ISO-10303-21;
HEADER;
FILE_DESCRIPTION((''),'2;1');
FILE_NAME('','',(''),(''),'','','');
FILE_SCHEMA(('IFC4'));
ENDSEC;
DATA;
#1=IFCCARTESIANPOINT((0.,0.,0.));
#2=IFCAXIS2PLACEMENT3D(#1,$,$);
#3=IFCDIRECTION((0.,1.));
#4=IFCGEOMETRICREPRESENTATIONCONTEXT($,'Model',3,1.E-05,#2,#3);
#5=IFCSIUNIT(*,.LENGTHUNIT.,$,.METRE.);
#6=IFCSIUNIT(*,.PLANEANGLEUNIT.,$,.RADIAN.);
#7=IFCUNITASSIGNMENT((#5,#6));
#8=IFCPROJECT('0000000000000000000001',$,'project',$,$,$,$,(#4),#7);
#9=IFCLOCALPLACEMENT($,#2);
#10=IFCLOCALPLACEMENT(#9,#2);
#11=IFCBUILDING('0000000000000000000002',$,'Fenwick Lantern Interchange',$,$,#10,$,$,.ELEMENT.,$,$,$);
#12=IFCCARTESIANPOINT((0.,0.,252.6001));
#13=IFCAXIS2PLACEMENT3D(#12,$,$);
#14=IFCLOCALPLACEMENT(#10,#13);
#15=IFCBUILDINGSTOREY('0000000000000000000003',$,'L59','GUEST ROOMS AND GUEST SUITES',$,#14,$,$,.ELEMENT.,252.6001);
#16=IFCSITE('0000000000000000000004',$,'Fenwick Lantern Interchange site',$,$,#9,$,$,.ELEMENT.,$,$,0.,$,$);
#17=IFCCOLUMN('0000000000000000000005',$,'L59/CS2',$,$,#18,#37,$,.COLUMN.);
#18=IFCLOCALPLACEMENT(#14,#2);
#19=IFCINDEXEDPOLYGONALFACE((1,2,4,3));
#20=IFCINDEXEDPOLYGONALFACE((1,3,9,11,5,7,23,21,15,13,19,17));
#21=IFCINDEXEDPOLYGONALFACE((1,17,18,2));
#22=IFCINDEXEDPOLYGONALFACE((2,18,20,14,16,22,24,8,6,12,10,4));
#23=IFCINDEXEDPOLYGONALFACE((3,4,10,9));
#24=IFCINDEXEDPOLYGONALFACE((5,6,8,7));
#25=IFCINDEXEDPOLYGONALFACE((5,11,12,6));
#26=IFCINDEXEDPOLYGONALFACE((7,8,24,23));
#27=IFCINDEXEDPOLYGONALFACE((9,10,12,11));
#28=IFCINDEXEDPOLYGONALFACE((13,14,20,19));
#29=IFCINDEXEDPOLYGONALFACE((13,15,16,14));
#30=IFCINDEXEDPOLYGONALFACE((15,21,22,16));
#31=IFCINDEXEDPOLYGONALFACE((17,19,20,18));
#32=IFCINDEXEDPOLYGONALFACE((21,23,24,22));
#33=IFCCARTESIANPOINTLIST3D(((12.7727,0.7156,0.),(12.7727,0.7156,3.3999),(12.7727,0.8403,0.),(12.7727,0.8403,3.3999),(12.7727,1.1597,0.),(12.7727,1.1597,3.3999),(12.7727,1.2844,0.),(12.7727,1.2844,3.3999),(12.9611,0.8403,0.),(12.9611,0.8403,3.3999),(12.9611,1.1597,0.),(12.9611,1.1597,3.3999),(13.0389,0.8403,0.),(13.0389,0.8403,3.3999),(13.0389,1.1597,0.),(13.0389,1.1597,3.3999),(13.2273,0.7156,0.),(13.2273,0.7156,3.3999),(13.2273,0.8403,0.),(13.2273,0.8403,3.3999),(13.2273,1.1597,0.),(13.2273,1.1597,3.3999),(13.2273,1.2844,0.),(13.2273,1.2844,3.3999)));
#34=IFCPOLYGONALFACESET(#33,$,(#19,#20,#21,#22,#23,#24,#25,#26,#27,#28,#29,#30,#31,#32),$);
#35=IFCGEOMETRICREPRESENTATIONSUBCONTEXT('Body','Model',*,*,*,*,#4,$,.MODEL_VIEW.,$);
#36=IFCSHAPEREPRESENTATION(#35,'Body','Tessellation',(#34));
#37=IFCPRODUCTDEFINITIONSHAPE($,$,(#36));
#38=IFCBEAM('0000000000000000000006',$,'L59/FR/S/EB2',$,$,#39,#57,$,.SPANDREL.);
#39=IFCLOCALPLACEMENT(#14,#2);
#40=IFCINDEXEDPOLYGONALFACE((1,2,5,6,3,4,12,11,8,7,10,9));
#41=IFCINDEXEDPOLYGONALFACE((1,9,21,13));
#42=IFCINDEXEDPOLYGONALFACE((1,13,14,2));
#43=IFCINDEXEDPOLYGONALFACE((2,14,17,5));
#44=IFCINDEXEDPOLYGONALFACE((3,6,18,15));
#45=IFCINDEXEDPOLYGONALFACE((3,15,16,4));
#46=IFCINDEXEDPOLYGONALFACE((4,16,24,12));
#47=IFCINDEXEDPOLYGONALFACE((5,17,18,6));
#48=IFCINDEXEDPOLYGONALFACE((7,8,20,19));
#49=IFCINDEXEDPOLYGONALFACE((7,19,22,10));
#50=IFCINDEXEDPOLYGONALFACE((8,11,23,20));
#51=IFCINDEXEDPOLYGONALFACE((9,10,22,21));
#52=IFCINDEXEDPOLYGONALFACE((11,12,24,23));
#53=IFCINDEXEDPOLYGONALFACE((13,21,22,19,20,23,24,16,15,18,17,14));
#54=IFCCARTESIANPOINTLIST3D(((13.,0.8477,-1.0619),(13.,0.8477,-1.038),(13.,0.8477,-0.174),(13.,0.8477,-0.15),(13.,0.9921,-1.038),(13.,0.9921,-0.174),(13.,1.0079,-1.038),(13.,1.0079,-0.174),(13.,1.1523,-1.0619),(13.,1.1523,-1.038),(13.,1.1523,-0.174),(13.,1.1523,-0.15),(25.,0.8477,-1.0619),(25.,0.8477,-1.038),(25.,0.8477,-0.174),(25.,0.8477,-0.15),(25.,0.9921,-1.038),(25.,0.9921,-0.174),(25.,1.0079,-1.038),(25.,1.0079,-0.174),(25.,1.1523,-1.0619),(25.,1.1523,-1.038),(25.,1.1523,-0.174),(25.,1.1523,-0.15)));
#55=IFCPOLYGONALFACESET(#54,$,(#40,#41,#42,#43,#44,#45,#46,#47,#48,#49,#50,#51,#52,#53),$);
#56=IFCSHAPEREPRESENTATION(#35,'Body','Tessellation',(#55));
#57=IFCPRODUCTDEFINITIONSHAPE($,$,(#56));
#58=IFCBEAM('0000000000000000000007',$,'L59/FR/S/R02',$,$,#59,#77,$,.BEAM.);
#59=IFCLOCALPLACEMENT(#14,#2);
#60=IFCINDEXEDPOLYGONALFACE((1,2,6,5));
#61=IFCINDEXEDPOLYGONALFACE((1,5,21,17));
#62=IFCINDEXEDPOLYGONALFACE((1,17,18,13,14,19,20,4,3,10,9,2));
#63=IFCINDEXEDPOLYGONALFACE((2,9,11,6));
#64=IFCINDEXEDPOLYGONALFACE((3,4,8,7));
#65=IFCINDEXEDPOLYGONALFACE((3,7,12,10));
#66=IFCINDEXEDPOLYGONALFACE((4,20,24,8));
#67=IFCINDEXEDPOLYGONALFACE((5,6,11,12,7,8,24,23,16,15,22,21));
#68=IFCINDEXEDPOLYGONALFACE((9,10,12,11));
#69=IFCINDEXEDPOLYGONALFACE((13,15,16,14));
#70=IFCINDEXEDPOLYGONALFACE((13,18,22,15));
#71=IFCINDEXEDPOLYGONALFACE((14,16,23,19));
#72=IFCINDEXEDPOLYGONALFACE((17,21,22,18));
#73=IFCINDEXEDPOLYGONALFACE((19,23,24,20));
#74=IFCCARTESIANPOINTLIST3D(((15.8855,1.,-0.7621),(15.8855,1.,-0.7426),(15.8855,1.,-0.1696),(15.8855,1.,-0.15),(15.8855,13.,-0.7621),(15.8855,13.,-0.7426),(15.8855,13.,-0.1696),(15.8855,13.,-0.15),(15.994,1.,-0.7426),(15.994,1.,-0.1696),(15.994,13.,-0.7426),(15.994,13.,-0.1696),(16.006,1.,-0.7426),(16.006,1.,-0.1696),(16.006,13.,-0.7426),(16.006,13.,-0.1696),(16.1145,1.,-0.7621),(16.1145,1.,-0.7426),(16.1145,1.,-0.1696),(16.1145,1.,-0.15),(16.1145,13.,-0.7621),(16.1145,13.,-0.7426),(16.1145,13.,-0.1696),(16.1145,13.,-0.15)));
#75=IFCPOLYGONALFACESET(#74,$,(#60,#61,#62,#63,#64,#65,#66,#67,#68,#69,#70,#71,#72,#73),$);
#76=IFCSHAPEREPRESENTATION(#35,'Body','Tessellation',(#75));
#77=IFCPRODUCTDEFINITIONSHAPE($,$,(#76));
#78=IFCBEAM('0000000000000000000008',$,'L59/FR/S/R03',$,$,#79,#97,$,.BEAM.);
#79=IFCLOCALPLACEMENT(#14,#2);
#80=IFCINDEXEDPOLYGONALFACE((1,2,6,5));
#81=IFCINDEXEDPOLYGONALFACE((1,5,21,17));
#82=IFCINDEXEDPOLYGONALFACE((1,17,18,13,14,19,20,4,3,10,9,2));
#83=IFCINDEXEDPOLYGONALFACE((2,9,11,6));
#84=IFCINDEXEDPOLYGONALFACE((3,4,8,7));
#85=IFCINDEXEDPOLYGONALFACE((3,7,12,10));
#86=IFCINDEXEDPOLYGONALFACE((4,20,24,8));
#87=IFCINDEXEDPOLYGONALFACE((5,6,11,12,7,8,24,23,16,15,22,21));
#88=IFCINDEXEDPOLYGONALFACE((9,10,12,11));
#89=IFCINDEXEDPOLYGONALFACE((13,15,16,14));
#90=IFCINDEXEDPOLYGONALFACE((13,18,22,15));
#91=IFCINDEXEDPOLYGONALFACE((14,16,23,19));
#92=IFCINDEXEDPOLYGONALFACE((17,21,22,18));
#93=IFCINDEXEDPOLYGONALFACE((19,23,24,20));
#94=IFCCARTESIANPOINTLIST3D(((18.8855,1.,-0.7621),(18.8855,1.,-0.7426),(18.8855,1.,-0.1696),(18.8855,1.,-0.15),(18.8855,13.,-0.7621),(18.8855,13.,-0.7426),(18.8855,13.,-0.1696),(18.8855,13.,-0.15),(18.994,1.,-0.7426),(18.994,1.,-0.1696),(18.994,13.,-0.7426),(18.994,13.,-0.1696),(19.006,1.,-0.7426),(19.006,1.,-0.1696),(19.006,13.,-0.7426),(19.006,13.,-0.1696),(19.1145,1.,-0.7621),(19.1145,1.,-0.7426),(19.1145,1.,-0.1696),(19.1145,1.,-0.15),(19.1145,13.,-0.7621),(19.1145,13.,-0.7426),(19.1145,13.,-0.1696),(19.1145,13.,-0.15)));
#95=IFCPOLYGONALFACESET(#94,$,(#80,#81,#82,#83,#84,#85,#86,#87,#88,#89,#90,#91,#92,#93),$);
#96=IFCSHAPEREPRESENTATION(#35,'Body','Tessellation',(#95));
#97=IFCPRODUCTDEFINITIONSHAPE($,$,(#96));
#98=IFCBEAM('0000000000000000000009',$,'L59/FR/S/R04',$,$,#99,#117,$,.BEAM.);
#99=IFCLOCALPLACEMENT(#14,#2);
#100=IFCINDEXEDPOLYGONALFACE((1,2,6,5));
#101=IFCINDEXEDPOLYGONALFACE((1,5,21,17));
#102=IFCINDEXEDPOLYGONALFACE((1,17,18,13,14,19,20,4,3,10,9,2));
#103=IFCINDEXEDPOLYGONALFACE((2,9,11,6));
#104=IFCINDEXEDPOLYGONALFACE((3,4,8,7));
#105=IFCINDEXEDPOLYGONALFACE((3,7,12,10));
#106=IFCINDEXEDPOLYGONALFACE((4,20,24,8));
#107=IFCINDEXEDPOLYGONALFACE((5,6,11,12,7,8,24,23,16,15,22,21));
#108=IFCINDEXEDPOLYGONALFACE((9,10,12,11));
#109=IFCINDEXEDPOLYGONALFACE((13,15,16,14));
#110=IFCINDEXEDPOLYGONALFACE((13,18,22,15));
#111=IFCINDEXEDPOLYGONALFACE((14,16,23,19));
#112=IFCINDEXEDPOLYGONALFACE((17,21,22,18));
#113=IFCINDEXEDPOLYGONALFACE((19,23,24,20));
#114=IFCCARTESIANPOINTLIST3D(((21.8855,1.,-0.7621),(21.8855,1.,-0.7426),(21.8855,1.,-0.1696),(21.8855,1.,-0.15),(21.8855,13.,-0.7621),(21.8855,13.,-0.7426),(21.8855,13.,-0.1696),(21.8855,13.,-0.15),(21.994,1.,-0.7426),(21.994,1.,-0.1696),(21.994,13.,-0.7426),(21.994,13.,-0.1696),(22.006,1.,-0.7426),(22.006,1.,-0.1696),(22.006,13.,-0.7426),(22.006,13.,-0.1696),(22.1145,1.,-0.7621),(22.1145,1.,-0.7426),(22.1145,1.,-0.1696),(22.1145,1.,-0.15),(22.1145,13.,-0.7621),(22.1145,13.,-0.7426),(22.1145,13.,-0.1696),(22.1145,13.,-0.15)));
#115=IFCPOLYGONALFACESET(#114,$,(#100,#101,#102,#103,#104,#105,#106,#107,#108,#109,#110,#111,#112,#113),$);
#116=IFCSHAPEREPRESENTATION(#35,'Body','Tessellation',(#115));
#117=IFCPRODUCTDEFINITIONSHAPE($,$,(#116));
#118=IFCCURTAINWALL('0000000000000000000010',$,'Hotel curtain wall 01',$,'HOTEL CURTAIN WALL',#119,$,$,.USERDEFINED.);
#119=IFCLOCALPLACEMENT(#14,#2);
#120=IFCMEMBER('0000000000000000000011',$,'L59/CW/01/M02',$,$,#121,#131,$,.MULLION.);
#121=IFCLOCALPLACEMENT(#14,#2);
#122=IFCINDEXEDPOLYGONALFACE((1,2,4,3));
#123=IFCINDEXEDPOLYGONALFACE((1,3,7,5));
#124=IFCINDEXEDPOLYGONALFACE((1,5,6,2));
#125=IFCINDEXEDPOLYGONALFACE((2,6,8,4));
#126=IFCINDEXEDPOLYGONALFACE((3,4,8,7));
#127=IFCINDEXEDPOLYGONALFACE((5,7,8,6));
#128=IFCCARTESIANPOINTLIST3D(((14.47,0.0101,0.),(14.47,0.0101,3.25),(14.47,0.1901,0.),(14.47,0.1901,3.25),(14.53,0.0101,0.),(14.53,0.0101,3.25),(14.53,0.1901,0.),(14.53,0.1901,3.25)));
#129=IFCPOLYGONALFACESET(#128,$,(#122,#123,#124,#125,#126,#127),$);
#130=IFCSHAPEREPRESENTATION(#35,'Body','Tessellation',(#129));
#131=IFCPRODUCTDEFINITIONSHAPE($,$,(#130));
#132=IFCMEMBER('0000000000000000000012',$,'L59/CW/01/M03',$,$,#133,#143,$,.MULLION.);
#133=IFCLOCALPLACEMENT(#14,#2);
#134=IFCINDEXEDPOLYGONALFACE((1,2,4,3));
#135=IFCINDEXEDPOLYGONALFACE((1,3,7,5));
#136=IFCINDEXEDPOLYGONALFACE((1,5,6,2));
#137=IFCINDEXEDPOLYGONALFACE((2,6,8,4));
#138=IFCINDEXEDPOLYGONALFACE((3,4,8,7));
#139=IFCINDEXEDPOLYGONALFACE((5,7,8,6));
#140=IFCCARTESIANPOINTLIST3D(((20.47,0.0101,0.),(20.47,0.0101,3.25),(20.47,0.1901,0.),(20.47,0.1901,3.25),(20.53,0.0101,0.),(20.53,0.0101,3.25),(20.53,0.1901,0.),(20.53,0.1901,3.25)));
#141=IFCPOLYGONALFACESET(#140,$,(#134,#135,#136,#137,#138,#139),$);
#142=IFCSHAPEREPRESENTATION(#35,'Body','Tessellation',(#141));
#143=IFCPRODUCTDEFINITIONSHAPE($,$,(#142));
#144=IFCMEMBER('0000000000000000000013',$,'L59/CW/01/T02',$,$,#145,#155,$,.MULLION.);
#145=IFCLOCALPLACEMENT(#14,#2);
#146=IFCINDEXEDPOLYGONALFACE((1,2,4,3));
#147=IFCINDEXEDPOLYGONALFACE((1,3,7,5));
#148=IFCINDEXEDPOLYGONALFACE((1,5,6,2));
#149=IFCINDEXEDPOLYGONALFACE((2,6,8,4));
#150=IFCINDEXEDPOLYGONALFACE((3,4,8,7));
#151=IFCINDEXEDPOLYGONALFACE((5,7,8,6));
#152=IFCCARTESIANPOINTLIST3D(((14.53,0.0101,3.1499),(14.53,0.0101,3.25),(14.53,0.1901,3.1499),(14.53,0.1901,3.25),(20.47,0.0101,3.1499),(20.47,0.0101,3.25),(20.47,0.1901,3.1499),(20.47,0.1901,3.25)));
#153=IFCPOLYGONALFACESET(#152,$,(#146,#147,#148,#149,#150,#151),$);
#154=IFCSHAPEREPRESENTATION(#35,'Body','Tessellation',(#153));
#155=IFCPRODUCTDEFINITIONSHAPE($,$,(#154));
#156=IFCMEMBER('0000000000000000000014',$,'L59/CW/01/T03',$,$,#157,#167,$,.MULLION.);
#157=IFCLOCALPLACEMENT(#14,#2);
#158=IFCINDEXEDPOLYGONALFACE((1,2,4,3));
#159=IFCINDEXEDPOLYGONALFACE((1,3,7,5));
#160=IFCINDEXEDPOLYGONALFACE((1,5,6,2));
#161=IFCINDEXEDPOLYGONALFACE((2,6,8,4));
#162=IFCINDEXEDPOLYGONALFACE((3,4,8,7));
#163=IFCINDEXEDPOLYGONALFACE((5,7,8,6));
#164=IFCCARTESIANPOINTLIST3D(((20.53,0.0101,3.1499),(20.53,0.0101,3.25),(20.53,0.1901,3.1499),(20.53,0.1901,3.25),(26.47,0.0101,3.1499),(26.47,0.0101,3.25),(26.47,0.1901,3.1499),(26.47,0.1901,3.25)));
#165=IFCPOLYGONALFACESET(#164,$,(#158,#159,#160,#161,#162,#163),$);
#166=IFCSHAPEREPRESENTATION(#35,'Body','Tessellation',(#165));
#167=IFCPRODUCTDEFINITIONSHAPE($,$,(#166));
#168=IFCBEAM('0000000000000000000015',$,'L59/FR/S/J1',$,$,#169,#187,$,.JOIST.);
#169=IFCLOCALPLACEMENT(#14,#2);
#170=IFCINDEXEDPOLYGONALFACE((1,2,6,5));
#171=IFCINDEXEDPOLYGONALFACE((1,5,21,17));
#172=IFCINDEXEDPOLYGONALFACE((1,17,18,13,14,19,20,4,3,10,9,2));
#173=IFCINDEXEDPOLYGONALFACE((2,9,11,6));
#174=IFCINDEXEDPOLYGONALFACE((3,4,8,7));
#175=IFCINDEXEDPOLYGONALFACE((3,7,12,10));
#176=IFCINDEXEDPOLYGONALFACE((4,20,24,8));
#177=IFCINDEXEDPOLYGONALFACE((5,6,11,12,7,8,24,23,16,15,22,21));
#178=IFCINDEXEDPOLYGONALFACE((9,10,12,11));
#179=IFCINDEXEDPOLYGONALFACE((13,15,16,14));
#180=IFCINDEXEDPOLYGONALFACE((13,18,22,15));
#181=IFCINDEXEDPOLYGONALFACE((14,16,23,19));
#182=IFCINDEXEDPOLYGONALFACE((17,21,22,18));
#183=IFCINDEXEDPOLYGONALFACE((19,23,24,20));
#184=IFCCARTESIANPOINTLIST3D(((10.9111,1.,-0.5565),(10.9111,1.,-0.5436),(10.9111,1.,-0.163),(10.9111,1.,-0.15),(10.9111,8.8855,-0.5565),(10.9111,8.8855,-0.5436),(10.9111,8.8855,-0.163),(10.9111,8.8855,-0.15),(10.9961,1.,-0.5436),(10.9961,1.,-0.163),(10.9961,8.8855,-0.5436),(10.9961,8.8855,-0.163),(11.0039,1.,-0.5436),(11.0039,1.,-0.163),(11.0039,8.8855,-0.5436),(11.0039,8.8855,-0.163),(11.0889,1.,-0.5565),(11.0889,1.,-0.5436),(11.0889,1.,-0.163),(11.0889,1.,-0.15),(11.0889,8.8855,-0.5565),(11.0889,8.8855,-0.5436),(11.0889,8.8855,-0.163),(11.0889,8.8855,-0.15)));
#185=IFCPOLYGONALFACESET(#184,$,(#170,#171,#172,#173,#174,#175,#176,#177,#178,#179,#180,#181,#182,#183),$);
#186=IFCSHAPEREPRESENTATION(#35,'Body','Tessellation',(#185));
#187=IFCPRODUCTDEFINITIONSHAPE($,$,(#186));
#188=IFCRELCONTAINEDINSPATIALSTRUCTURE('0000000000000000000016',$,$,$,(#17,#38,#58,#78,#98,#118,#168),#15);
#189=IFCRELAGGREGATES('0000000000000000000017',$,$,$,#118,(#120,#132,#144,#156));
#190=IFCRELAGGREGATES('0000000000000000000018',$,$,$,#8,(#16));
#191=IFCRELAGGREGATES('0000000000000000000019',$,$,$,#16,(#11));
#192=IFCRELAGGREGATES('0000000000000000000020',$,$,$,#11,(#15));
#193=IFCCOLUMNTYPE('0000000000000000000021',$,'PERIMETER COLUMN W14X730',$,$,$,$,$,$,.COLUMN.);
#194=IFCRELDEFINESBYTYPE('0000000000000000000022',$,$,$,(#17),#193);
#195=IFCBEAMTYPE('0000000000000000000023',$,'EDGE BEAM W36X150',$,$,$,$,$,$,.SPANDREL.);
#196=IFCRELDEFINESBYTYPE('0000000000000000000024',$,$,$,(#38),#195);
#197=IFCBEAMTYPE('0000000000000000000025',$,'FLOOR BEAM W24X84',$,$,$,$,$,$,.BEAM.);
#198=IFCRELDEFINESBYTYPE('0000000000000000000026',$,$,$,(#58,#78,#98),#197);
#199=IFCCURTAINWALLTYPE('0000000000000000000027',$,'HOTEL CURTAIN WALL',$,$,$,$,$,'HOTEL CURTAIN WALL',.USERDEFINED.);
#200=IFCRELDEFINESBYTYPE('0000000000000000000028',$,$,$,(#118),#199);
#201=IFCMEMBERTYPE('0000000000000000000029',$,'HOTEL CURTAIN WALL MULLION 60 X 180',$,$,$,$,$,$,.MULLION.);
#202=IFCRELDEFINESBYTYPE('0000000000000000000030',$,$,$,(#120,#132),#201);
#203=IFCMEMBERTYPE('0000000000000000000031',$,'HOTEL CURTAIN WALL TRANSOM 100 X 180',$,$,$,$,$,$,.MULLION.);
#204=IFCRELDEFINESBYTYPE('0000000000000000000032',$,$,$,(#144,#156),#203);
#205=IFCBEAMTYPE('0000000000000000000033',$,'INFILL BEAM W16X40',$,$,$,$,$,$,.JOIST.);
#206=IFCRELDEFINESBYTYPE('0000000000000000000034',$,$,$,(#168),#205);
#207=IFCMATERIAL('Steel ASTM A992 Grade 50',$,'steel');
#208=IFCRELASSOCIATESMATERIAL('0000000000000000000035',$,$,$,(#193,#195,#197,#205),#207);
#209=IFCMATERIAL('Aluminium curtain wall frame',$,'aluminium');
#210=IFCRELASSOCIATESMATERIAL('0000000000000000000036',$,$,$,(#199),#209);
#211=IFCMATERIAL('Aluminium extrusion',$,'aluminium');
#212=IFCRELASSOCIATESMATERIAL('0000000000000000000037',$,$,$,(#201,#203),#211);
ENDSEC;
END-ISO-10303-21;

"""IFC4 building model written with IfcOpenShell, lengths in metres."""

from ifc_helpers import new_model, si_unit, direction, frame, origin, origin_2d, place, context, subcontext, project, spatial, rectangle, i_section, extrude, material, material_profile, profile_set, type_object, element, aggregate, save


model = new_model("IFC4")

# Units and contexts
model_context = context("Model", 3, precision=1e-05, world=origin(), true_north=direction((0.0, 1.0)))
body_context = subcontext(model_context, "Body", "Model", "MODEL_VIEW")
ifc_project = project(units=[si_unit("LENGTHUNIT", "METRE"), si_unit("PLANEANGLEUNIT", "RADIAN")], contexts=[model_context])

# Site, building, storey
site_placement = place(None, origin())
site = spatial("IfcSite", under=ifc_project, at=site_placement, Name="Fenwick Lantern Interchange site", CompositionType="ELEMENT", RefElevation=0.0)
building_placement = place(site_placement, origin())
building = spatial("IfcBuilding", under=site, at=building_placement, Name="Fenwick Lantern Interchange", CompositionType="ELEMENT")
storey_placement = place(building_placement, frame((0.0, 0.0, 252.6001)))
storey = spatial("IfcBuildingStorey", under=building, at=storey_placement, Name="L59", Description="GUEST ROOMS AND GUEST SUITES", CompositionType="ELEMENT", Elevation=252.6001)

# Column
ifc_material_1 = material(Name="Steel ASTM A992 Grade 50", Category="steel")
ifc_material_profile_1 = material_profile(ifc_material_1, i_section(OverallWidth=0.4546, OverallDepth=0.5688, WebThickness=0.0779, FlangeThickness=0.1248, at=origin_2d()), Name="W14X730")
ifc_profile_set_1 = profile_set([ifc_material_profile_1], Name="Steel ASTM A992 Grade 50")
column_type = type_object("IfcColumnType", Name="PERIMETER COLUMN W14X730", PredefinedType="COLUMN", material=ifc_profile_set_1)
column_placement = place(storey_placement, frame((13.0, 1.0, 0.0), z_axis=(0.0, 0.0, 1.0), x_axis=(1.0, 0.0, 0.0)))
element("IfcColumn", 1, at=column_placement, inside=storey, type_object=column_type, Name="L59/CS2", PredefinedType="COLUMN", context=body_context, shape_type="SweptSolid", body=[
    extrude(i_section(OverallWidth=0.4546, OverallDepth=0.5688, WebThickness=0.0779, FlangeThickness=0.1248, at=origin_2d()), origin(), (0.0, 0.0, 1.0), 3.3999),
])

# Beams
ifc_material_profile_2 = material_profile(ifc_material_1, i_section(OverallWidth=0.3047, OverallDepth=0.9119, WebThickness=0.0159, FlangeThickness=0.0239, at=origin_2d()), Name="W36X150")
ifc_profile_set_2 = profile_set([ifc_material_profile_2], Name="Steel ASTM A992 Grade 50")
beam_type_1 = type_object("IfcBeamType", Name="EDGE BEAM W36X150", PredefinedType="SPANDREL", material=ifc_profile_set_2)
beam_1_placement = place(storey_placement, frame((13.0, 1.0, -0.606), z_axis=(1.0, 0.0, 0.0), x_axis=(0.0, 1.0, 0.0)))
element("IfcBeam", 2, at=beam_1_placement, inside=storey, type_object=beam_type_1, Name="L59/FR/S/EB2", PredefinedType="SPANDREL", context=body_context, shape_type="SweptSolid", body=[
    extrude(i_section(OverallWidth=0.3047, OverallDepth=0.9119, WebThickness=0.0159, FlangeThickness=0.0239, at=origin_2d()), origin(), (0.0, 0.0, 1.0), 12.0),
])
ifc_material_profile_3 = material_profile(ifc_material_1, i_section(OverallWidth=0.229, OverallDepth=0.6121, WebThickness=0.012, FlangeThickness=0.0195, at=origin_2d()), Name="W24X84")
ifc_profile_set_3 = profile_set([ifc_material_profile_3], Name="Steel ASTM A992 Grade 50")
beam_type_2 = type_object("IfcBeamType", Name="FLOOR BEAM W24X84", PredefinedType="BEAM", material=ifc_profile_set_3)
for number, where, z_axis, x_axis, name in (
    (3, (16.0, 1.0, -0.4561), (0.0, 1.0, 0.0), (-1.0, 0.0, 0.0), "L59/FR/S/R02"),
    (4, (19.0, 1.0, -0.4561), (0.0, 1.0, 0.0), (-1.0, 0.0, 0.0), "L59/FR/S/R03"),
    (5, (22.0, 1.0, -0.4561), (0.0, 1.0, 0.0), (-1.0, 0.0, 0.0), "L59/FR/S/R04"),
):
    element("IfcBeam", number, at=place(storey_placement, frame(where, z_axis=z_axis, x_axis=x_axis)), inside=storey, type_object=beam_type_2, Name=name, PredefinedType="BEAM", context=body_context, shape_type="SweptSolid", body=[
        extrude(i_section(OverallWidth=0.229, OverallDepth=0.6121, WebThickness=0.012, FlangeThickness=0.0195, at=origin_2d()), origin(), (0.0, 0.0, 1.0), 12.0),
    ])

# Curtain wall, members
ifc_material_2 = material(Name="Aluminium curtain wall frame", Category="aluminium")
curtain_wall_type = type_object("IfcCurtainWallType", Name="HOTEL CURTAIN WALL", ElementType="HOTEL CURTAIN WALL", PredefinedType="USERDEFINED", material=ifc_material_2)
curtain_wall_placement = place(storey_placement, origin())
curtain_wall = element("IfcCurtainWall", 6, at=curtain_wall_placement, inside=storey, type_object=curtain_wall_type, Name="Hotel curtain wall 01", ObjectType="HOTEL CURTAIN WALL", PredefinedType="USERDEFINED")
ifc_material_3 = material(Name="Aluminium extrusion", Category="aluminium")
ifc_material_profile_4 = material_profile(ifc_material_3, rectangle(XDim=0.1799, YDim=0.0601, at=origin_2d()), Name="HOTEL CURTAIN WALL MULLION 60 X 180")
ifc_profile_set_4 = profile_set([ifc_material_profile_4], Name="Aluminium extrusion")
member_type_1 = type_object("IfcMemberType", Name="HOTEL CURTAIN WALL MULLION 60 X 180", PredefinedType="MULLION", material=ifc_profile_set_4)
member_1_placement = place(storey_placement, frame((14.5, 0.1001, 0.0), z_axis=(0.0, 0.0, 1.0), x_axis=(0.0, 1.0, 0.0)))
member_1 = element("IfcMember", 7, at=member_1_placement, type_object=member_type_1, Name="L59/CW/01/M02", PredefinedType="MULLION", context=body_context, shape_type="SweptSolid", body=[
    extrude(rectangle(XDim=0.1799, YDim=0.0601, at=origin_2d()), origin(), (0.0, 0.0, 1.0), 3.25),
])
member_2_placement = place(storey_placement, frame((20.5, 0.1001, 0.0), z_axis=(0.0, 0.0, 1.0), x_axis=(0.0, 1.0, 0.0)))
member_2 = element("IfcMember", 8, at=member_2_placement, type_object=member_type_1, Name="L59/CW/01/M03", PredefinedType="MULLION", context=body_context, shape_type="SweptSolid", body=[
    extrude(rectangle(XDim=0.1799, YDim=0.0601, at=origin_2d()), origin(), (0.0, 0.0, 1.0), 3.25),
])
ifc_material_profile_5 = material_profile(ifc_material_3, rectangle(XDim=0.1799, YDim=0.1001, at=origin_2d()), Name="HOTEL CURTAIN WALL TRANSOM 100 X 180")
ifc_profile_set_5 = profile_set([ifc_material_profile_5], Name="Aluminium extrusion")
member_type_2 = type_object("IfcMemberType", Name="HOTEL CURTAIN WALL TRANSOM 100 X 180", PredefinedType="MULLION", material=ifc_profile_set_5)
member_3_placement = place(storey_placement, frame((14.53, 0.1001, 3.2), z_axis=(1.0, 0.0, 0.0), x_axis=(0.0, 1.0, 0.0)))
member_3 = element("IfcMember", 9, at=member_3_placement, type_object=member_type_2, Name="L59/CW/01/T02", PredefinedType="MULLION", context=body_context, shape_type="SweptSolid", body=[
    extrude(rectangle(XDim=0.1799, YDim=0.1001, at=origin_2d()), origin(), (0.0, 0.0, 1.0), 5.9399),
])
member_4_placement = place(storey_placement, frame((20.53, 0.1001, 3.2), z_axis=(1.0, 0.0, 0.0), x_axis=(0.0, 1.0, 0.0)))
member_4 = element("IfcMember", 10, at=member_4_placement, type_object=member_type_2, Name="L59/CW/01/T03", PredefinedType="MULLION", context=body_context, shape_type="SweptSolid", body=[
    extrude(rectangle(XDim=0.1799, YDim=0.1001, at=origin_2d()), origin(), (0.0, 0.0, 1.0), 5.9399),
])

# Beam
ifc_material_profile_6 = material_profile(ifc_material_1, i_section(OverallWidth=0.1777, OverallDepth=0.4065, WebThickness=0.0078, FlangeThickness=0.0129, at=origin_2d()), Name="W16X40")
ifc_profile_set_6 = profile_set([ifc_material_profile_6], Name="Steel ASTM A992 Grade 50")
beam_type_3 = type_object("IfcBeamType", Name="INFILL BEAM W16X40", PredefinedType="JOIST", material=ifc_profile_set_6)
beam_2_placement = place(storey_placement, frame((11.0, 1.0, -0.3533), z_axis=(0.0, 1.0, 0.0), x_axis=(-1.0, 0.0, 0.0)))
element("IfcBeam", 11, at=beam_2_placement, inside=storey, type_object=beam_type_3, Name="L59/FR/S/J1", PredefinedType="JOIST", context=body_context, shape_type="SweptSolid", body=[
    extrude(i_section(OverallWidth=0.1777, OverallDepth=0.4065, WebThickness=0.0078, FlangeThickness=0.0129, at=origin_2d()), origin(), (0.0, 0.0, 1.0), 7.8855),
])

aggregate(curtain_wall, [member_1, member_2, member_3, member_4])

save(model, "model.ifc")
